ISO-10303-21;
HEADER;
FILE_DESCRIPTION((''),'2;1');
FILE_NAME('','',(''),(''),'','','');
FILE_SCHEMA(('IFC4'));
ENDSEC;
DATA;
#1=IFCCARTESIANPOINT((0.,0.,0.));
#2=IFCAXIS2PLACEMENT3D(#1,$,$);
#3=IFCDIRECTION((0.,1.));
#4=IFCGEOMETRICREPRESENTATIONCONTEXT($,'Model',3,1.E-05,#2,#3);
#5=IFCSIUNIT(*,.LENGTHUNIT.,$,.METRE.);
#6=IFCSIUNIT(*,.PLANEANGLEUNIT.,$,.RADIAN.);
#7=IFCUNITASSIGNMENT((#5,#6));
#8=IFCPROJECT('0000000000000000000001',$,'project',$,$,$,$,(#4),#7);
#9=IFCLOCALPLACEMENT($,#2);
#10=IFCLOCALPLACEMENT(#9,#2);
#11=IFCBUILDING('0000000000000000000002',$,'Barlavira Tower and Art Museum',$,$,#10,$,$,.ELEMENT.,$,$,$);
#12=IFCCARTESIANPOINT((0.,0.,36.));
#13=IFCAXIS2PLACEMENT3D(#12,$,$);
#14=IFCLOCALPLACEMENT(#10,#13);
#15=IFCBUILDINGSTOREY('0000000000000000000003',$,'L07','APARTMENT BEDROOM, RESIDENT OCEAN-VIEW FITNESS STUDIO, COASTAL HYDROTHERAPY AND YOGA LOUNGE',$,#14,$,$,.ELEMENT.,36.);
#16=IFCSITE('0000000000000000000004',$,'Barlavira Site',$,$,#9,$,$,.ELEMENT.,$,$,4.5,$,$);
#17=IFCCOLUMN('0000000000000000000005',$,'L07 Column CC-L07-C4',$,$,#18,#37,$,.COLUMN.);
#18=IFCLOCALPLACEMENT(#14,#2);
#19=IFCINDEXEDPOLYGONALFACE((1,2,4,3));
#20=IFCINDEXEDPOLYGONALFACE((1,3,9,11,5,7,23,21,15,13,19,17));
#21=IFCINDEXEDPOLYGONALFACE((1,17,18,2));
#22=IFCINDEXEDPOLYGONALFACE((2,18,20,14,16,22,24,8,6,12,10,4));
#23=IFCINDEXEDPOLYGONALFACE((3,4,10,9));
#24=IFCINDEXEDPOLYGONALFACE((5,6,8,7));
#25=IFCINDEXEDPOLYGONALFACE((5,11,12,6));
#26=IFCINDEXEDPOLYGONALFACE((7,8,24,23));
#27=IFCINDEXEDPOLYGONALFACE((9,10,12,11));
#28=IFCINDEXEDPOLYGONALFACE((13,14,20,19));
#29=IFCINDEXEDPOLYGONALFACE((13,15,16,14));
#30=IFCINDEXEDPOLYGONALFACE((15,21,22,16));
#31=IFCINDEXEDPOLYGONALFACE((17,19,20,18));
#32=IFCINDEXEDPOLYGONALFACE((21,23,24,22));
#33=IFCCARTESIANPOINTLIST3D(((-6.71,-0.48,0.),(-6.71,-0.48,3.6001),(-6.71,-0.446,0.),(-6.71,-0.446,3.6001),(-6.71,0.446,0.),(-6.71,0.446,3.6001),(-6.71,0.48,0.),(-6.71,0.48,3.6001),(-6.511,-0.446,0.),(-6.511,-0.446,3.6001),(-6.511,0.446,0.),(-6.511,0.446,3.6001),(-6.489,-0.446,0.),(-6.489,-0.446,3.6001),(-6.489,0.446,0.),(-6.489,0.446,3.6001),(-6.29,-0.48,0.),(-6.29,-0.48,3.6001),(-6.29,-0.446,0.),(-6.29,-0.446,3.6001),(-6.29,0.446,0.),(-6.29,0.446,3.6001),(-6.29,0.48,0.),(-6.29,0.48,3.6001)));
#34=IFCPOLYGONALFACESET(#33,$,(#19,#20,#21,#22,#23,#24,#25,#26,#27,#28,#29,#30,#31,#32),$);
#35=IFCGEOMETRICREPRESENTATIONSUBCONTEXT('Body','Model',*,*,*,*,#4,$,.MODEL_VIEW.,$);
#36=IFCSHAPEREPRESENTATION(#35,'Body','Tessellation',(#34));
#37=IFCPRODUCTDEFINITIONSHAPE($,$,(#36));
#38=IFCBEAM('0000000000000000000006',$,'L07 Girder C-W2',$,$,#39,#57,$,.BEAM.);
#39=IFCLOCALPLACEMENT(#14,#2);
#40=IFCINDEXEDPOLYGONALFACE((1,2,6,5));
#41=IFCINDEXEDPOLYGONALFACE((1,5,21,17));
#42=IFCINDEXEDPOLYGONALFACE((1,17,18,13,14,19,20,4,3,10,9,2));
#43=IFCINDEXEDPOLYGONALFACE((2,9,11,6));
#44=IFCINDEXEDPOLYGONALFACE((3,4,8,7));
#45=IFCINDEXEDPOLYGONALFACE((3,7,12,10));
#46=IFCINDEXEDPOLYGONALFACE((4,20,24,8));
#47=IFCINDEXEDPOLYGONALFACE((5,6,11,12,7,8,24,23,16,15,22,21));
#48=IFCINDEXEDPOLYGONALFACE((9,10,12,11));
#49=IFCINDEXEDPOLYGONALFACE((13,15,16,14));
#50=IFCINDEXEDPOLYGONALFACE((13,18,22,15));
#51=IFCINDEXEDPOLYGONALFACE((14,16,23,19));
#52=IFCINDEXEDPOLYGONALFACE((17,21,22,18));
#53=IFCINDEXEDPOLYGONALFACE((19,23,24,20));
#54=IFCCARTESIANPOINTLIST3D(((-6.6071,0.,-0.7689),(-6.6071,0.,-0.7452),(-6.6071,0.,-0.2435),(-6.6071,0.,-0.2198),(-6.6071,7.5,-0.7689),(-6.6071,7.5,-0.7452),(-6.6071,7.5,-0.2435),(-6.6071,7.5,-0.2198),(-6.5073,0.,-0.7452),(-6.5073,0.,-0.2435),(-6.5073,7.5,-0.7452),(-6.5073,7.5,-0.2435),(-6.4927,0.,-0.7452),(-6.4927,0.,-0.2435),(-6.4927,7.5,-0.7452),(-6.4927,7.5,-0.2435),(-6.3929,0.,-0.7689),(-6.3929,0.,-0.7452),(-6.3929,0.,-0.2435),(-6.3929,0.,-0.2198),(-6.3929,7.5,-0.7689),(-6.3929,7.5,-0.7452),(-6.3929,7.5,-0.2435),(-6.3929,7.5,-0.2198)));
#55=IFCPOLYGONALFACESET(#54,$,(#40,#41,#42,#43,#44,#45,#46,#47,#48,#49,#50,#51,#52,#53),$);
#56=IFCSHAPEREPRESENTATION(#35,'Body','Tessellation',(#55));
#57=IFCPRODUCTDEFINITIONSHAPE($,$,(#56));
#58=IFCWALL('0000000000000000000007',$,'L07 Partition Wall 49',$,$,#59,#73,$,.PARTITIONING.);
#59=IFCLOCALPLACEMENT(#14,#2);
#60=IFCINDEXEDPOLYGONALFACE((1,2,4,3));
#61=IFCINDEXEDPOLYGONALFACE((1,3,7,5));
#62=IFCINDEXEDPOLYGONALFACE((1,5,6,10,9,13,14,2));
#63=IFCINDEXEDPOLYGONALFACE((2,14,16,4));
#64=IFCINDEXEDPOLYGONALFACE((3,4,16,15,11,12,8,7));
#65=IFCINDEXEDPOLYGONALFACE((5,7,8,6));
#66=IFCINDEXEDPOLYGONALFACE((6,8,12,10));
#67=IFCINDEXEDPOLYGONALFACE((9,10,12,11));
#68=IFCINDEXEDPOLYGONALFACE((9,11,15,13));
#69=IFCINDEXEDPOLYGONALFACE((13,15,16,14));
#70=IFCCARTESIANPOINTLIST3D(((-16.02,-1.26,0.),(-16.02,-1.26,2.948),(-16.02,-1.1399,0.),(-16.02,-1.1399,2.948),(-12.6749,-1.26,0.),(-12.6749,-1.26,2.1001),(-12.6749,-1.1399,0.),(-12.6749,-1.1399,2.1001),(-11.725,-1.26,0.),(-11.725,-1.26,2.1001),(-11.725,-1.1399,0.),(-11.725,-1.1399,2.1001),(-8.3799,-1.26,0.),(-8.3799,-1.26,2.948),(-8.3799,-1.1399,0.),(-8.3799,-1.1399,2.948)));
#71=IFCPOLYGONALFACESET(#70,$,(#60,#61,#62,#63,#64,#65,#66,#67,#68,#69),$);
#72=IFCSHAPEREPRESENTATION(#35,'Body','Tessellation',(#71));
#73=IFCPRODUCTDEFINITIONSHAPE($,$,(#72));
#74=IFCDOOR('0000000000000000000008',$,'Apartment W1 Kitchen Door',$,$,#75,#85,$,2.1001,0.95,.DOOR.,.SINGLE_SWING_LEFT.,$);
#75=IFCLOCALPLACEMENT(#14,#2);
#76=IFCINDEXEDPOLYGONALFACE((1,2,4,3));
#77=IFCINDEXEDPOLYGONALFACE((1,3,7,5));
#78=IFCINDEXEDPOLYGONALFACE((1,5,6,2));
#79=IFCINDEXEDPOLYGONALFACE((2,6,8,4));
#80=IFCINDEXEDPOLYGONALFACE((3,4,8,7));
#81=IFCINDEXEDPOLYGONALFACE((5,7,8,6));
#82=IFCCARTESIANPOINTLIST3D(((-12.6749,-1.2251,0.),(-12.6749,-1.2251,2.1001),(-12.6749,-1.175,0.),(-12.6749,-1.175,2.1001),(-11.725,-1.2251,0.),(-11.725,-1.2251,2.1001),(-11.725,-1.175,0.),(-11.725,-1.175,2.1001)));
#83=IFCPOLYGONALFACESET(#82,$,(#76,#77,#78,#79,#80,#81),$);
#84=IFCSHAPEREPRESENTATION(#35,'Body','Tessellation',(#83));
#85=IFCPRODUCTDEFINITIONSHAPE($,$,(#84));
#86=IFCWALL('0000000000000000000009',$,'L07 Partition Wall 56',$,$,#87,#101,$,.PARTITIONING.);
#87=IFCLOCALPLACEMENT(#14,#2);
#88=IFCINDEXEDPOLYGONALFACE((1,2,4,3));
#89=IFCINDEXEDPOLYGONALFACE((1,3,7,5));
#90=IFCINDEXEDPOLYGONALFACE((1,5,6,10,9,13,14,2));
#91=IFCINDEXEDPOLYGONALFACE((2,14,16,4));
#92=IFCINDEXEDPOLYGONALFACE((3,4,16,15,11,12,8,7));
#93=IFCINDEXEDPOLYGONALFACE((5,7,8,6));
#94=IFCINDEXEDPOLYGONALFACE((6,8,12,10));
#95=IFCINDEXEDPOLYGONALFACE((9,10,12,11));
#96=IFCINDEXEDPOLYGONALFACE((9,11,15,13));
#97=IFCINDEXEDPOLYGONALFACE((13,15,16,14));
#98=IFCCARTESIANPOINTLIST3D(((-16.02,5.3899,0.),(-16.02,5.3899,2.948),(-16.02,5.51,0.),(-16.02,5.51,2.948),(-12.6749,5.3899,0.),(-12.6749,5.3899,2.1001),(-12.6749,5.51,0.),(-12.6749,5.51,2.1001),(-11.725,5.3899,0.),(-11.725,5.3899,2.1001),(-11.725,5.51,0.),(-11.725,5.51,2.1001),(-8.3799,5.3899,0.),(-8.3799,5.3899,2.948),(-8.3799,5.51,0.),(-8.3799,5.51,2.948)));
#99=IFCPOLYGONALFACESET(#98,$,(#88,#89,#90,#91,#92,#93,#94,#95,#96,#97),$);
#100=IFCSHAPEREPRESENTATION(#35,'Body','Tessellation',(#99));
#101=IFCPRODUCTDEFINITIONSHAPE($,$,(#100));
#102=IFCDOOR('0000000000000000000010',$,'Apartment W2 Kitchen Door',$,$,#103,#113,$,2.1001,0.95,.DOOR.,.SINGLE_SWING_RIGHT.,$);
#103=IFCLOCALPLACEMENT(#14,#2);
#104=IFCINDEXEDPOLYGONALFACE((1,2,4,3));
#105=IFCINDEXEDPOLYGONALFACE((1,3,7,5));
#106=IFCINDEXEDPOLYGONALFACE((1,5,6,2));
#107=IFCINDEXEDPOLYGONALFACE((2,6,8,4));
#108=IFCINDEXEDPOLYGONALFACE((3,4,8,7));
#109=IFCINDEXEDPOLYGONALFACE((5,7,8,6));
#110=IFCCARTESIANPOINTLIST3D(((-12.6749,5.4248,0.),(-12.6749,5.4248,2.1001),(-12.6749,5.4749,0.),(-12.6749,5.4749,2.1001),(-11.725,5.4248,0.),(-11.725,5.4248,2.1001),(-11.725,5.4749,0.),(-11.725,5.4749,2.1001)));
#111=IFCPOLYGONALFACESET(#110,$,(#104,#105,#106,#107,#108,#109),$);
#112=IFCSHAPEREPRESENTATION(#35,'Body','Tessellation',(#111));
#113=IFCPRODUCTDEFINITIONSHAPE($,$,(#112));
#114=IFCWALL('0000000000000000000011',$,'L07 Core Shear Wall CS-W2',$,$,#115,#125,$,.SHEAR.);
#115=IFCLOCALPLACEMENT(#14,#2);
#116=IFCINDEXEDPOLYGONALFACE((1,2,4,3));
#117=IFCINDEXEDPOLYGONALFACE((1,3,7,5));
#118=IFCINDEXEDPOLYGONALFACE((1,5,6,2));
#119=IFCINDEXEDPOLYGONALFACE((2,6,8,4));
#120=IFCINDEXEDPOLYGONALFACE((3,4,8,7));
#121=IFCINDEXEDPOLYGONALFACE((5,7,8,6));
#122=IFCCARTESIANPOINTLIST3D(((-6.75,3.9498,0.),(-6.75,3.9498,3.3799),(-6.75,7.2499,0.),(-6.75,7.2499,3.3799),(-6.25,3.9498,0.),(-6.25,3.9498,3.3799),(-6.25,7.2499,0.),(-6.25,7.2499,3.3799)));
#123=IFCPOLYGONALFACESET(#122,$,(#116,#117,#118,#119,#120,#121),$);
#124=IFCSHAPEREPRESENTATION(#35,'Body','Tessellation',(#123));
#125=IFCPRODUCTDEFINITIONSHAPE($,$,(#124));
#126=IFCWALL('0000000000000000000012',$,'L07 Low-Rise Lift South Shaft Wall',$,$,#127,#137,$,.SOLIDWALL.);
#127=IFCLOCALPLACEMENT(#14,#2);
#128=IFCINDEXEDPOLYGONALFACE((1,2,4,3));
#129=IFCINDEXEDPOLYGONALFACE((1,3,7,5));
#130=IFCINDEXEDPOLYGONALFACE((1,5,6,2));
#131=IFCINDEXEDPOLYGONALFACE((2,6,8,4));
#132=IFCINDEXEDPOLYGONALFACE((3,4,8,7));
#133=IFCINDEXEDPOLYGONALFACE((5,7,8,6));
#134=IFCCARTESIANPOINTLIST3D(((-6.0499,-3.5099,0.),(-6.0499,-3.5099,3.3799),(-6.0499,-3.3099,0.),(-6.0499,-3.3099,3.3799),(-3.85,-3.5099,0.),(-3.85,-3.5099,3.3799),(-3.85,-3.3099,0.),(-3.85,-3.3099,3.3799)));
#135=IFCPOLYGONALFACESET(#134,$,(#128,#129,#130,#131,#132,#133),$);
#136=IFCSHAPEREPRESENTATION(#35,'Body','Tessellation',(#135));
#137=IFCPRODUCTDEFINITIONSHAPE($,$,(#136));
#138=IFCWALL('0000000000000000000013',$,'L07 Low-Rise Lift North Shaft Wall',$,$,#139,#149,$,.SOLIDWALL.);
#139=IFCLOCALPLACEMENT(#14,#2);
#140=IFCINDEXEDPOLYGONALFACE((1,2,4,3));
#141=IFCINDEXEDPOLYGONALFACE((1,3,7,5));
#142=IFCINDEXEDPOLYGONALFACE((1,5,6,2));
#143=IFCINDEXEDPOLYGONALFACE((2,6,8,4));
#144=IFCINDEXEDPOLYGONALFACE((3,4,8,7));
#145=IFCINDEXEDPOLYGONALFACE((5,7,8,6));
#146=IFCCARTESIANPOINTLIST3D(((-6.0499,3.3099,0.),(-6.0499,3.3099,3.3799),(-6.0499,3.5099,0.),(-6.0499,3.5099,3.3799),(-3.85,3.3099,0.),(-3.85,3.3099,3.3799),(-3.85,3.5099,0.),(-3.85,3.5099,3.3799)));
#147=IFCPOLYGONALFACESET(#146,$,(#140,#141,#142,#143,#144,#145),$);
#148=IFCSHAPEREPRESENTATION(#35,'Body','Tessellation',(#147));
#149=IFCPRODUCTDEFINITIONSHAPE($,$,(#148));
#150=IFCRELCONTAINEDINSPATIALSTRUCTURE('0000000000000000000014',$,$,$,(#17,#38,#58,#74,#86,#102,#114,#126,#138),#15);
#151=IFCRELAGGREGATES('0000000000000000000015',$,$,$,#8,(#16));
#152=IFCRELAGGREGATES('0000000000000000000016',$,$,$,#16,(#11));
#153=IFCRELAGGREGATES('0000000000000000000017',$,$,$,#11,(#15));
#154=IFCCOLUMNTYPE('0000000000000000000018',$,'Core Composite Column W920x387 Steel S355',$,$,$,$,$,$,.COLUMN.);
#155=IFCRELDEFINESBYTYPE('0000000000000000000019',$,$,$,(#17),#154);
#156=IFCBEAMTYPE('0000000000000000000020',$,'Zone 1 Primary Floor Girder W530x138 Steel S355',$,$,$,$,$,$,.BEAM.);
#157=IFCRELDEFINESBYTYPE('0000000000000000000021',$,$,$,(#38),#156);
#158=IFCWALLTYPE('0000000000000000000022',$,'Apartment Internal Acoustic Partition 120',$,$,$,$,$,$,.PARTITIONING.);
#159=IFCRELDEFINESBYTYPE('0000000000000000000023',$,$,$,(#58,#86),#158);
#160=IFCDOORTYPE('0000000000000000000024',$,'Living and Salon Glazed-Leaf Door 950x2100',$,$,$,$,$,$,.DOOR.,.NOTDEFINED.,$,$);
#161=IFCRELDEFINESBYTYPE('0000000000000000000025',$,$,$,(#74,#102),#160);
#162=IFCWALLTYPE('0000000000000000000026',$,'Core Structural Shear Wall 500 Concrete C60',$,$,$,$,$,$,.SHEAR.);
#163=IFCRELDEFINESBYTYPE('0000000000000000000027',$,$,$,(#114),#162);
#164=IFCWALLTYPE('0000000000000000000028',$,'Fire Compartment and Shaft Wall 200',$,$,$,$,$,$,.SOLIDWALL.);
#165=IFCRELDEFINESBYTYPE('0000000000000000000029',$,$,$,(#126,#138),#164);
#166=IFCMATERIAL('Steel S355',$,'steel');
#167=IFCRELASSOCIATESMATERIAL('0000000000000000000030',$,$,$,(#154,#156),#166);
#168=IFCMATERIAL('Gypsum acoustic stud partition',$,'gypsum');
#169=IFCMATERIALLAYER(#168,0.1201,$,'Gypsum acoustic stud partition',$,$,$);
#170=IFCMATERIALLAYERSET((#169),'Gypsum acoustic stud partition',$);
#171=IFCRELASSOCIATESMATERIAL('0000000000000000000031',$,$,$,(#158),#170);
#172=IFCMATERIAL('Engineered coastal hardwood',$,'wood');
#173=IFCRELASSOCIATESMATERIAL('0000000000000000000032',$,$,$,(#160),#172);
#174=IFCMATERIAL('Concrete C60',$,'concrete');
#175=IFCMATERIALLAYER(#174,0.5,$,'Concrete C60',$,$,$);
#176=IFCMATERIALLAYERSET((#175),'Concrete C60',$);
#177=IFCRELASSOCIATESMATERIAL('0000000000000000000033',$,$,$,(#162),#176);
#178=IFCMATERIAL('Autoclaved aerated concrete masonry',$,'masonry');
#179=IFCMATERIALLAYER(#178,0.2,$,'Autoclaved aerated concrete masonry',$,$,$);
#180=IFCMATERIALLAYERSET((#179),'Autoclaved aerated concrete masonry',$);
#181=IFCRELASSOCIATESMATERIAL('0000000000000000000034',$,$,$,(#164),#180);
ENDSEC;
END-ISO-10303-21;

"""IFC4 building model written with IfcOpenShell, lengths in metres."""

from ifc_helpers import new_model, si_unit, direction, frame, frame_2d, origin, origin_2d, place, context, subcontext, project, spatial, rectangle, i_section, extrude, material, layer, layer_set, material_profile, profile_set, type_object, element, fill, save


model = new_model("IFC4")

# Units and contexts
model_context = context("Model", 3, precision=1e-05, world=origin(), true_north=direction((0.0, 1.0)))
body_context = subcontext(model_context, "Body", "Model", "MODEL_VIEW")
ifc_project = project(units=[si_unit("LENGTHUNIT", "METRE"), si_unit("PLANEANGLEUNIT", "RADIAN")], contexts=[model_context])

# Site, building, storey
site_placement = place(None, origin())
site = spatial("IfcSite", under=ifc_project, at=site_placement, Name="Barlavira Site", CompositionType="ELEMENT", RefElevation=4.5)
building_placement = place(site_placement, origin())
building = spatial("IfcBuilding", under=site, at=building_placement, Name="Barlavira Tower and Art Museum", CompositionType="ELEMENT")
storey_placement = place(building_placement, frame((0.0, 0.0, 36.0)))
storey = spatial("IfcBuildingStorey", under=building, at=storey_placement, Name="L07", Description="APARTMENT BEDROOM, RESIDENT OCEAN-VIEW FITNESS STUDIO, COASTAL HYDROTHERAPY AND YOGA LOUNGE", CompositionType="ELEMENT", Elevation=36.0)

# Column
ifc_material_1 = material(Name="Steel S355", Category="steel")
ifc_material_profile_1 = material_profile(ifc_material_1, i_section(OverallWidth=0.4199, OverallDepth=0.96, WebThickness=0.022, FlangeThickness=0.0339, at=origin_2d()), Name="W920x387.0")
ifc_profile_set_1 = profile_set([ifc_material_profile_1], Name="Steel S355")
column_type = type_object("IfcColumnType", Name="Core Composite Column W920x387 Steel S355", PredefinedType="COLUMN", material=ifc_profile_set_1)
column_placement = place(storey_placement, frame((-6.5, 0.0, 0.0), z_axis=(0.0, 0.0, 1.0), x_axis=(1.0, 0.0, 0.0)))
element("IfcColumn", 1, at=column_placement, inside=storey, type_object=column_type, Name="L07 Column CC-L07-C4", PredefinedType="COLUMN", context=body_context, shape_type="SweptSolid", body=[
    extrude(i_section(OverallWidth=0.4199, OverallDepth=0.96, WebThickness=0.022, FlangeThickness=0.0339, at=origin_2d()), origin(), (0.0, 0.0, 1.0), 3.6001),
])

# Beam
ifc_material_profile_2 = material_profile(ifc_material_1, i_section(OverallWidth=0.2141, OverallDepth=0.5491, WebThickness=0.0146, FlangeThickness=0.0237, at=origin_2d()), Name="W530x138.0")
ifc_profile_set_2 = profile_set([ifc_material_profile_2], Name="Steel S355")
beam_type = type_object("IfcBeamType", Name="Zone 1 Primary Floor Girder W530x138 Steel S355", PredefinedType="BEAM", material=ifc_profile_set_2)
beam_placement = place(storey_placement, frame((-6.5, 0.0, -0.4944), z_axis=(0.0, 1.0, 0.0), x_axis=(-1.0, 0.0, 0.0)))
element("IfcBeam", 2, at=beam_placement, inside=storey, type_object=beam_type, Name="L07 Girder C-W2", PredefinedType="BEAM", context=body_context, shape_type="SweptSolid", body=[
    extrude(i_section(OverallWidth=0.2141, OverallDepth=0.5491, WebThickness=0.0146, FlangeThickness=0.0237, at=origin_2d()), origin(), (0.0, 0.0, 1.0), 7.5),
])

# Walls, openings, doors
ifc_material_2 = material(Name="Gypsum acoustic stud partition", Category="gypsum")
ifc_layer_1 = layer(ifc_material_2, 0.1201, Name="Gypsum acoustic stud partition")
ifc_layer_set_1 = layer_set([ifc_layer_1], Name="Gypsum acoustic stud partition")
wall_type_1 = type_object("IfcWallType", Name="Apartment Internal Acoustic Partition 120", PredefinedType="PARTITIONING", material=ifc_layer_set_1)
wall_1_placement = place(storey_placement, frame((-16.02, -1.2, 0.0), z_axis=(0.0, 0.0, 1.0), x_axis=(1.0, 0.0, 0.0)))
wall_1 = element("IfcWall", 3, at=wall_1_placement, inside=storey, type_object=wall_type_1, Name="L07 Partition Wall 49", PredefinedType="PARTITIONING", context=body_context, shape_type="SweptSolid", body=[
    extrude(rectangle(XDim=7.6401, YDim=0.1201, at=frame_2d((3.8201, 0.0))), origin(), (0.0, 0.0, 1.0), 2.948),
])
opening_1_placement = place(wall_1_placement, frame((3.345, 0.0, 0.0)))
opening_1 = element("IfcOpeningElement", 4, at=opening_1_placement, cuts=wall_1, PredefinedType="OPENING", context=body_context, shape_type="SweptSolid", body=[
    extrude(rectangle(XDim=0.95, YDim=2.1001, at=frame_2d((0.4751, 1.05))), frame((0.0, 0.0701, 0.0), z_axis=(0.0, -1.0, 0.0), x_axis=(1.0, 0.0, 0.0)), (0.0, 0.0, 1.0), 0.1401),
])
ifc_material_3 = material(Name="Engineered coastal hardwood", Category="wood")
door_type_1 = type_object("IfcDoorType", Name="Living and Salon Glazed-Leaf Door 950x2100", OperationType="NOTDEFINED", PredefinedType="DOOR", material=ifc_material_3)
door_1_placement = place(opening_1_placement, origin())
door_1 = element("IfcDoor", 5, at=door_1_placement, inside=storey, type_object=door_type_1, Name="Apartment W1 Kitchen Door", OperationType="SINGLE_SWING_LEFT", OverallHeight=2.1001, OverallWidth=0.95, PredefinedType="DOOR", context=body_context, shape_type="SweptSolid", body=[
    extrude(rectangle(XDim=0.95, YDim=2.1001, at=frame_2d((0.4751, 1.05))), frame((0.0, 0.0249, 0.0), z_axis=(0.0, -1.0, 0.0), x_axis=(1.0, 0.0, 0.0)), (0.0, 0.0, 1.0), 0.05),
])
fill(opening_1, door_1)
wall_2_placement = place(storey_placement, frame((-16.02, 5.45, 0.0), z_axis=(0.0, 0.0, 1.0), x_axis=(1.0, 0.0, 0.0)))
wall_2 = element("IfcWall", 6, at=wall_2_placement, inside=storey, type_object=wall_type_1, Name="L07 Partition Wall 56", PredefinedType="PARTITIONING", context=body_context, shape_type="SweptSolid", body=[
    extrude(rectangle(XDim=7.6401, YDim=0.1201, at=frame_2d((3.8201, 0.0))), origin(), (0.0, 0.0, 1.0), 2.948),
])
opening_2_placement = place(wall_2_placement, frame((3.345, 0.0, 0.0)))
opening_2 = element("IfcOpeningElement", 7, at=opening_2_placement, cuts=wall_2, PredefinedType="OPENING", context=body_context, shape_type="SweptSolid", body=[
    extrude(rectangle(XDim=0.95, YDim=2.1001, at=frame_2d((0.4751, 1.05))), frame((0.0, 0.0701, 0.0), z_axis=(0.0, -1.0, 0.0), x_axis=(1.0, 0.0, 0.0)), (0.0, 0.0, 1.0), 0.1401),
])
door_2_placement = place(opening_2_placement, origin())
door_2 = element("IfcDoor", 8, at=door_2_placement, inside=storey, type_object=door_type_1, Name="Apartment W2 Kitchen Door", OperationType="SINGLE_SWING_RIGHT", OverallHeight=2.1001, OverallWidth=0.95, PredefinedType="DOOR", context=body_context, shape_type="SweptSolid", body=[
    extrude(rectangle(XDim=0.95, YDim=2.1001, at=frame_2d((0.4751, 1.05))), frame((0.0, 0.0249, 0.0), z_axis=(0.0, -1.0, 0.0), x_axis=(1.0, 0.0, 0.0)), (0.0, 0.0, 1.0), 0.05),
])
fill(opening_2, door_2)

# Walls
ifc_material_4 = material(Name="Concrete C60", Category="concrete")
ifc_layer_2 = layer(ifc_material_4, 0.5, Name="Concrete C60")
ifc_layer_set_2 = layer_set([ifc_layer_2], Name="Concrete C60")
wall_type_2 = type_object("IfcWallType", Name="Core Structural Shear Wall 500 Concrete C60", PredefinedType="SHEAR", material=ifc_layer_set_2)
wall_3_placement = place(storey_placement, frame((-6.5, 3.95, 0.0), z_axis=(0.0, 0.0, 1.0), x_axis=(0.0, 1.0, 0.0)))
element("IfcWall", 9, at=wall_3_placement, inside=storey, type_object=wall_type_2, Name="L07 Core Shear Wall CS-W2", PredefinedType="SHEAR", context=body_context, shape_type="SweptSolid", body=[
    extrude(rectangle(XDim=3.3, YDim=0.5, at=frame_2d((1.6499, 0.0))), origin(), (0.0, 0.0, 1.0), 3.3799),
])
ifc_material_5 = material(Name="Autoclaved aerated concrete masonry", Category="masonry")
ifc_layer_3 = layer(ifc_material_5, 0.2, Name="Autoclaved aerated concrete masonry")
ifc_layer_set_3 = layer_set([ifc_layer_3], Name="Autoclaved aerated concrete masonry")
wall_type_3 = type_object("IfcWallType", Name="Fire Compartment and Shaft Wall 200", PredefinedType="SOLIDWALL", material=ifc_layer_set_3)
for number, where, z_axis, x_axis, name in (
    (10, (-6.05, -3.4099, 0.0), (0.0, 0.0, 1.0), (1.0, 0.0, 0.0), "L07 Low-Rise Lift South Shaft Wall"),
    (11, (-6.05, 3.4099, 0.0), (0.0, 0.0, 1.0), (1.0, 0.0, 0.0), "L07 Low-Rise Lift North Shaft Wall"),
):
    element("IfcWall", number, at=place(storey_placement, frame(where, z_axis=z_axis, x_axis=x_axis)), inside=storey, type_object=wall_type_3, Name=name, PredefinedType="SOLIDWALL", context=body_context, shape_type="SweptSolid", body=[
        extrude(rectangle(XDim=2.2, YDim=0.2, at=frame_2d((1.1001, 0.0))), origin(), (0.0, 0.0, 1.0), 3.3799),
    ])

save(model, "model.ifc")
